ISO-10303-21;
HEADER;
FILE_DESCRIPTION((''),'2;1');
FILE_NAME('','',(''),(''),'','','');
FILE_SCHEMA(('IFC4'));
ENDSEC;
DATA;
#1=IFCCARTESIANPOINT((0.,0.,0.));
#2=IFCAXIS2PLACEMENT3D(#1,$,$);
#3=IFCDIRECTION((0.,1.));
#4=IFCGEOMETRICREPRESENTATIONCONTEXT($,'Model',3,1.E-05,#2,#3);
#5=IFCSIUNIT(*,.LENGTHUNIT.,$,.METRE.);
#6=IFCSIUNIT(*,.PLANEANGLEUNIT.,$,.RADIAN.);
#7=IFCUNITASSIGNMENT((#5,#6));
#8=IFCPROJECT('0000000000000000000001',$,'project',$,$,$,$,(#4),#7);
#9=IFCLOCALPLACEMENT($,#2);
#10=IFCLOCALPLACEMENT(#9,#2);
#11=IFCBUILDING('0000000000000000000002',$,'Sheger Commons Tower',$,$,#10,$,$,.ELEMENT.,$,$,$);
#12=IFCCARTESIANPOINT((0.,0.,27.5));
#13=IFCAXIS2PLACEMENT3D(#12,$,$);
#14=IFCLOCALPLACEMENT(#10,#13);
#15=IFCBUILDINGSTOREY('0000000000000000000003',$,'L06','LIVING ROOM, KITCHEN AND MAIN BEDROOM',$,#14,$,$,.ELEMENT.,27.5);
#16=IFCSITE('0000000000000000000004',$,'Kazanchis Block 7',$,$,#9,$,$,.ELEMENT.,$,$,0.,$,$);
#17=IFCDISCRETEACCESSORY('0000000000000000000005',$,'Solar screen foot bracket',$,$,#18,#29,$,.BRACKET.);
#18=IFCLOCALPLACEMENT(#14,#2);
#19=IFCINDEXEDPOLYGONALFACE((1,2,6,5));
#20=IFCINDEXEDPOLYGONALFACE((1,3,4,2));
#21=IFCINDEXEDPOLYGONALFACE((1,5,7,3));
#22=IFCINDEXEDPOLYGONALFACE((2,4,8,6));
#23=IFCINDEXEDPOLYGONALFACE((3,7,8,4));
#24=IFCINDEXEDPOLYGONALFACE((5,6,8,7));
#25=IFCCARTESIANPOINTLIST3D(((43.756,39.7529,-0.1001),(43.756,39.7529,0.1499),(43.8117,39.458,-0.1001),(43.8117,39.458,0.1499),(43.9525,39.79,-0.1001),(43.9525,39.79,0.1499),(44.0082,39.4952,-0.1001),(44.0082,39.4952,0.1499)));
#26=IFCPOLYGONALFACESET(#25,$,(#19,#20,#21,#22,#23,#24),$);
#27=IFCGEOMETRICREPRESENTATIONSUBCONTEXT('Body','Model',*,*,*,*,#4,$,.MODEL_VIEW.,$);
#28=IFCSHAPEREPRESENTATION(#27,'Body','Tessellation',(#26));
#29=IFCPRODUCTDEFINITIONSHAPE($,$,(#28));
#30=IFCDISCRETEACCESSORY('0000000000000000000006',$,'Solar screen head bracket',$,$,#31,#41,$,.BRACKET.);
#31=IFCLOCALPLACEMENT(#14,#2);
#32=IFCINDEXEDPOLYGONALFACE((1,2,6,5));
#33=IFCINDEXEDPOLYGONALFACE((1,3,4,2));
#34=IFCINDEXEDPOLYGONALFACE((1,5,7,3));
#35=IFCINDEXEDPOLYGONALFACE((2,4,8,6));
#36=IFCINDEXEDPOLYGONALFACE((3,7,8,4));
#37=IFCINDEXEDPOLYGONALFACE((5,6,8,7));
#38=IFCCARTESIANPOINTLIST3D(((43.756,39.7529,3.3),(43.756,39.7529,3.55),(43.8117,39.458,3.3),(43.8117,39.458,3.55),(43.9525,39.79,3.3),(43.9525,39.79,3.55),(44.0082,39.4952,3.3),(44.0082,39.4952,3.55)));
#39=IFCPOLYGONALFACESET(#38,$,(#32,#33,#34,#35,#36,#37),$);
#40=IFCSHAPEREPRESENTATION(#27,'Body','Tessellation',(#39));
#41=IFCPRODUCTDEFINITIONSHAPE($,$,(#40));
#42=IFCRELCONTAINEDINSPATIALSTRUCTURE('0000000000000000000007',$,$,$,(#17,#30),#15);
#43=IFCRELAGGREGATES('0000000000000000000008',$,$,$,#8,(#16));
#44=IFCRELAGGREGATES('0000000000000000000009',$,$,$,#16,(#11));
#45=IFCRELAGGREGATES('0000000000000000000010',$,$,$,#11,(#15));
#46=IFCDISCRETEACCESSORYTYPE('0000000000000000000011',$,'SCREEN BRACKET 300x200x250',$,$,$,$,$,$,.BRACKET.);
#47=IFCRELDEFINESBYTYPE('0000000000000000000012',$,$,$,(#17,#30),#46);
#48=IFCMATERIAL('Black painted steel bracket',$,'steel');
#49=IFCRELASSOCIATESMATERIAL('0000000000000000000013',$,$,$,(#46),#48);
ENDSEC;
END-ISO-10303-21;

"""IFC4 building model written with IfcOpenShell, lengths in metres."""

from ifc_helpers import new_model, si_unit, direction, frame, origin, origin_2d, place, context, subcontext, project, spatial, rectangle, extrude, material, type_object, element, save


model = new_model("IFC4")

# Units and contexts
model_context = context("Model", 3, precision=1e-05, world=origin(), true_north=direction((0.0, 1.0)))
body_context = subcontext(model_context, "Body", "Model", "MODEL_VIEW")
ifc_project = project(units=[si_unit("LENGTHUNIT", "METRE"), si_unit("PLANEANGLEUNIT", "RADIAN")], contexts=[model_context])

# Site, building, storey
site_placement = place(None, origin())
site = spatial("IfcSite", under=ifc_project, at=site_placement, Name="Kazanchis Block 7", CompositionType="ELEMENT", RefElevation=0.0)
building_placement = place(site_placement, origin())
building = spatial("IfcBuilding", under=site, at=building_placement, Name="Sheger Commons Tower", CompositionType="ELEMENT")
storey_placement = place(building_placement, frame((0.0, 0.0, 27.5)))
storey = spatial("IfcBuildingStorey", under=building, at=storey_placement, Name="L06", Description="LIVING ROOM, KITCHEN AND MAIN BEDROOM", CompositionType="ELEMENT", Elevation=27.5)

# Discrete accessories
ifc_material_1 = material(Name="Black painted steel bracket", Category="steel")
discrete_accessory_type = type_object("IfcDiscreteAccessoryType", Name="SCREEN BRACKET 300x200x250", PredefinedType="BRACKET", material=ifc_material_1)
for number, where, z_axis, x_axis, name in (
    (1, (43.8821, 39.624, -0.1001), (0.0, 0.0, 1.0), (-0.185615, 0.982623, 0.0), "Solar screen foot bracket"),
    (2, (43.8821, 39.624, 3.3), (0.0, 0.0, 1.0), (-0.185615, 0.982623, 0.0), "Solar screen head bracket"),
):
    element("IfcDiscreteAccessory", number, at=place(storey_placement, frame(where, z_axis=z_axis, x_axis=x_axis)), inside=storey, type_object=discrete_accessory_type, Name=name, PredefinedType="BRACKET", context=body_context, shape_type="SweptSolid", body=[
        extrude(rectangle(XDim=0.3, YDim=0.2, at=origin_2d()), origin(), (0.0, 0.0, 1.0), 0.25),
    ])

save(model, "model.ifc")
